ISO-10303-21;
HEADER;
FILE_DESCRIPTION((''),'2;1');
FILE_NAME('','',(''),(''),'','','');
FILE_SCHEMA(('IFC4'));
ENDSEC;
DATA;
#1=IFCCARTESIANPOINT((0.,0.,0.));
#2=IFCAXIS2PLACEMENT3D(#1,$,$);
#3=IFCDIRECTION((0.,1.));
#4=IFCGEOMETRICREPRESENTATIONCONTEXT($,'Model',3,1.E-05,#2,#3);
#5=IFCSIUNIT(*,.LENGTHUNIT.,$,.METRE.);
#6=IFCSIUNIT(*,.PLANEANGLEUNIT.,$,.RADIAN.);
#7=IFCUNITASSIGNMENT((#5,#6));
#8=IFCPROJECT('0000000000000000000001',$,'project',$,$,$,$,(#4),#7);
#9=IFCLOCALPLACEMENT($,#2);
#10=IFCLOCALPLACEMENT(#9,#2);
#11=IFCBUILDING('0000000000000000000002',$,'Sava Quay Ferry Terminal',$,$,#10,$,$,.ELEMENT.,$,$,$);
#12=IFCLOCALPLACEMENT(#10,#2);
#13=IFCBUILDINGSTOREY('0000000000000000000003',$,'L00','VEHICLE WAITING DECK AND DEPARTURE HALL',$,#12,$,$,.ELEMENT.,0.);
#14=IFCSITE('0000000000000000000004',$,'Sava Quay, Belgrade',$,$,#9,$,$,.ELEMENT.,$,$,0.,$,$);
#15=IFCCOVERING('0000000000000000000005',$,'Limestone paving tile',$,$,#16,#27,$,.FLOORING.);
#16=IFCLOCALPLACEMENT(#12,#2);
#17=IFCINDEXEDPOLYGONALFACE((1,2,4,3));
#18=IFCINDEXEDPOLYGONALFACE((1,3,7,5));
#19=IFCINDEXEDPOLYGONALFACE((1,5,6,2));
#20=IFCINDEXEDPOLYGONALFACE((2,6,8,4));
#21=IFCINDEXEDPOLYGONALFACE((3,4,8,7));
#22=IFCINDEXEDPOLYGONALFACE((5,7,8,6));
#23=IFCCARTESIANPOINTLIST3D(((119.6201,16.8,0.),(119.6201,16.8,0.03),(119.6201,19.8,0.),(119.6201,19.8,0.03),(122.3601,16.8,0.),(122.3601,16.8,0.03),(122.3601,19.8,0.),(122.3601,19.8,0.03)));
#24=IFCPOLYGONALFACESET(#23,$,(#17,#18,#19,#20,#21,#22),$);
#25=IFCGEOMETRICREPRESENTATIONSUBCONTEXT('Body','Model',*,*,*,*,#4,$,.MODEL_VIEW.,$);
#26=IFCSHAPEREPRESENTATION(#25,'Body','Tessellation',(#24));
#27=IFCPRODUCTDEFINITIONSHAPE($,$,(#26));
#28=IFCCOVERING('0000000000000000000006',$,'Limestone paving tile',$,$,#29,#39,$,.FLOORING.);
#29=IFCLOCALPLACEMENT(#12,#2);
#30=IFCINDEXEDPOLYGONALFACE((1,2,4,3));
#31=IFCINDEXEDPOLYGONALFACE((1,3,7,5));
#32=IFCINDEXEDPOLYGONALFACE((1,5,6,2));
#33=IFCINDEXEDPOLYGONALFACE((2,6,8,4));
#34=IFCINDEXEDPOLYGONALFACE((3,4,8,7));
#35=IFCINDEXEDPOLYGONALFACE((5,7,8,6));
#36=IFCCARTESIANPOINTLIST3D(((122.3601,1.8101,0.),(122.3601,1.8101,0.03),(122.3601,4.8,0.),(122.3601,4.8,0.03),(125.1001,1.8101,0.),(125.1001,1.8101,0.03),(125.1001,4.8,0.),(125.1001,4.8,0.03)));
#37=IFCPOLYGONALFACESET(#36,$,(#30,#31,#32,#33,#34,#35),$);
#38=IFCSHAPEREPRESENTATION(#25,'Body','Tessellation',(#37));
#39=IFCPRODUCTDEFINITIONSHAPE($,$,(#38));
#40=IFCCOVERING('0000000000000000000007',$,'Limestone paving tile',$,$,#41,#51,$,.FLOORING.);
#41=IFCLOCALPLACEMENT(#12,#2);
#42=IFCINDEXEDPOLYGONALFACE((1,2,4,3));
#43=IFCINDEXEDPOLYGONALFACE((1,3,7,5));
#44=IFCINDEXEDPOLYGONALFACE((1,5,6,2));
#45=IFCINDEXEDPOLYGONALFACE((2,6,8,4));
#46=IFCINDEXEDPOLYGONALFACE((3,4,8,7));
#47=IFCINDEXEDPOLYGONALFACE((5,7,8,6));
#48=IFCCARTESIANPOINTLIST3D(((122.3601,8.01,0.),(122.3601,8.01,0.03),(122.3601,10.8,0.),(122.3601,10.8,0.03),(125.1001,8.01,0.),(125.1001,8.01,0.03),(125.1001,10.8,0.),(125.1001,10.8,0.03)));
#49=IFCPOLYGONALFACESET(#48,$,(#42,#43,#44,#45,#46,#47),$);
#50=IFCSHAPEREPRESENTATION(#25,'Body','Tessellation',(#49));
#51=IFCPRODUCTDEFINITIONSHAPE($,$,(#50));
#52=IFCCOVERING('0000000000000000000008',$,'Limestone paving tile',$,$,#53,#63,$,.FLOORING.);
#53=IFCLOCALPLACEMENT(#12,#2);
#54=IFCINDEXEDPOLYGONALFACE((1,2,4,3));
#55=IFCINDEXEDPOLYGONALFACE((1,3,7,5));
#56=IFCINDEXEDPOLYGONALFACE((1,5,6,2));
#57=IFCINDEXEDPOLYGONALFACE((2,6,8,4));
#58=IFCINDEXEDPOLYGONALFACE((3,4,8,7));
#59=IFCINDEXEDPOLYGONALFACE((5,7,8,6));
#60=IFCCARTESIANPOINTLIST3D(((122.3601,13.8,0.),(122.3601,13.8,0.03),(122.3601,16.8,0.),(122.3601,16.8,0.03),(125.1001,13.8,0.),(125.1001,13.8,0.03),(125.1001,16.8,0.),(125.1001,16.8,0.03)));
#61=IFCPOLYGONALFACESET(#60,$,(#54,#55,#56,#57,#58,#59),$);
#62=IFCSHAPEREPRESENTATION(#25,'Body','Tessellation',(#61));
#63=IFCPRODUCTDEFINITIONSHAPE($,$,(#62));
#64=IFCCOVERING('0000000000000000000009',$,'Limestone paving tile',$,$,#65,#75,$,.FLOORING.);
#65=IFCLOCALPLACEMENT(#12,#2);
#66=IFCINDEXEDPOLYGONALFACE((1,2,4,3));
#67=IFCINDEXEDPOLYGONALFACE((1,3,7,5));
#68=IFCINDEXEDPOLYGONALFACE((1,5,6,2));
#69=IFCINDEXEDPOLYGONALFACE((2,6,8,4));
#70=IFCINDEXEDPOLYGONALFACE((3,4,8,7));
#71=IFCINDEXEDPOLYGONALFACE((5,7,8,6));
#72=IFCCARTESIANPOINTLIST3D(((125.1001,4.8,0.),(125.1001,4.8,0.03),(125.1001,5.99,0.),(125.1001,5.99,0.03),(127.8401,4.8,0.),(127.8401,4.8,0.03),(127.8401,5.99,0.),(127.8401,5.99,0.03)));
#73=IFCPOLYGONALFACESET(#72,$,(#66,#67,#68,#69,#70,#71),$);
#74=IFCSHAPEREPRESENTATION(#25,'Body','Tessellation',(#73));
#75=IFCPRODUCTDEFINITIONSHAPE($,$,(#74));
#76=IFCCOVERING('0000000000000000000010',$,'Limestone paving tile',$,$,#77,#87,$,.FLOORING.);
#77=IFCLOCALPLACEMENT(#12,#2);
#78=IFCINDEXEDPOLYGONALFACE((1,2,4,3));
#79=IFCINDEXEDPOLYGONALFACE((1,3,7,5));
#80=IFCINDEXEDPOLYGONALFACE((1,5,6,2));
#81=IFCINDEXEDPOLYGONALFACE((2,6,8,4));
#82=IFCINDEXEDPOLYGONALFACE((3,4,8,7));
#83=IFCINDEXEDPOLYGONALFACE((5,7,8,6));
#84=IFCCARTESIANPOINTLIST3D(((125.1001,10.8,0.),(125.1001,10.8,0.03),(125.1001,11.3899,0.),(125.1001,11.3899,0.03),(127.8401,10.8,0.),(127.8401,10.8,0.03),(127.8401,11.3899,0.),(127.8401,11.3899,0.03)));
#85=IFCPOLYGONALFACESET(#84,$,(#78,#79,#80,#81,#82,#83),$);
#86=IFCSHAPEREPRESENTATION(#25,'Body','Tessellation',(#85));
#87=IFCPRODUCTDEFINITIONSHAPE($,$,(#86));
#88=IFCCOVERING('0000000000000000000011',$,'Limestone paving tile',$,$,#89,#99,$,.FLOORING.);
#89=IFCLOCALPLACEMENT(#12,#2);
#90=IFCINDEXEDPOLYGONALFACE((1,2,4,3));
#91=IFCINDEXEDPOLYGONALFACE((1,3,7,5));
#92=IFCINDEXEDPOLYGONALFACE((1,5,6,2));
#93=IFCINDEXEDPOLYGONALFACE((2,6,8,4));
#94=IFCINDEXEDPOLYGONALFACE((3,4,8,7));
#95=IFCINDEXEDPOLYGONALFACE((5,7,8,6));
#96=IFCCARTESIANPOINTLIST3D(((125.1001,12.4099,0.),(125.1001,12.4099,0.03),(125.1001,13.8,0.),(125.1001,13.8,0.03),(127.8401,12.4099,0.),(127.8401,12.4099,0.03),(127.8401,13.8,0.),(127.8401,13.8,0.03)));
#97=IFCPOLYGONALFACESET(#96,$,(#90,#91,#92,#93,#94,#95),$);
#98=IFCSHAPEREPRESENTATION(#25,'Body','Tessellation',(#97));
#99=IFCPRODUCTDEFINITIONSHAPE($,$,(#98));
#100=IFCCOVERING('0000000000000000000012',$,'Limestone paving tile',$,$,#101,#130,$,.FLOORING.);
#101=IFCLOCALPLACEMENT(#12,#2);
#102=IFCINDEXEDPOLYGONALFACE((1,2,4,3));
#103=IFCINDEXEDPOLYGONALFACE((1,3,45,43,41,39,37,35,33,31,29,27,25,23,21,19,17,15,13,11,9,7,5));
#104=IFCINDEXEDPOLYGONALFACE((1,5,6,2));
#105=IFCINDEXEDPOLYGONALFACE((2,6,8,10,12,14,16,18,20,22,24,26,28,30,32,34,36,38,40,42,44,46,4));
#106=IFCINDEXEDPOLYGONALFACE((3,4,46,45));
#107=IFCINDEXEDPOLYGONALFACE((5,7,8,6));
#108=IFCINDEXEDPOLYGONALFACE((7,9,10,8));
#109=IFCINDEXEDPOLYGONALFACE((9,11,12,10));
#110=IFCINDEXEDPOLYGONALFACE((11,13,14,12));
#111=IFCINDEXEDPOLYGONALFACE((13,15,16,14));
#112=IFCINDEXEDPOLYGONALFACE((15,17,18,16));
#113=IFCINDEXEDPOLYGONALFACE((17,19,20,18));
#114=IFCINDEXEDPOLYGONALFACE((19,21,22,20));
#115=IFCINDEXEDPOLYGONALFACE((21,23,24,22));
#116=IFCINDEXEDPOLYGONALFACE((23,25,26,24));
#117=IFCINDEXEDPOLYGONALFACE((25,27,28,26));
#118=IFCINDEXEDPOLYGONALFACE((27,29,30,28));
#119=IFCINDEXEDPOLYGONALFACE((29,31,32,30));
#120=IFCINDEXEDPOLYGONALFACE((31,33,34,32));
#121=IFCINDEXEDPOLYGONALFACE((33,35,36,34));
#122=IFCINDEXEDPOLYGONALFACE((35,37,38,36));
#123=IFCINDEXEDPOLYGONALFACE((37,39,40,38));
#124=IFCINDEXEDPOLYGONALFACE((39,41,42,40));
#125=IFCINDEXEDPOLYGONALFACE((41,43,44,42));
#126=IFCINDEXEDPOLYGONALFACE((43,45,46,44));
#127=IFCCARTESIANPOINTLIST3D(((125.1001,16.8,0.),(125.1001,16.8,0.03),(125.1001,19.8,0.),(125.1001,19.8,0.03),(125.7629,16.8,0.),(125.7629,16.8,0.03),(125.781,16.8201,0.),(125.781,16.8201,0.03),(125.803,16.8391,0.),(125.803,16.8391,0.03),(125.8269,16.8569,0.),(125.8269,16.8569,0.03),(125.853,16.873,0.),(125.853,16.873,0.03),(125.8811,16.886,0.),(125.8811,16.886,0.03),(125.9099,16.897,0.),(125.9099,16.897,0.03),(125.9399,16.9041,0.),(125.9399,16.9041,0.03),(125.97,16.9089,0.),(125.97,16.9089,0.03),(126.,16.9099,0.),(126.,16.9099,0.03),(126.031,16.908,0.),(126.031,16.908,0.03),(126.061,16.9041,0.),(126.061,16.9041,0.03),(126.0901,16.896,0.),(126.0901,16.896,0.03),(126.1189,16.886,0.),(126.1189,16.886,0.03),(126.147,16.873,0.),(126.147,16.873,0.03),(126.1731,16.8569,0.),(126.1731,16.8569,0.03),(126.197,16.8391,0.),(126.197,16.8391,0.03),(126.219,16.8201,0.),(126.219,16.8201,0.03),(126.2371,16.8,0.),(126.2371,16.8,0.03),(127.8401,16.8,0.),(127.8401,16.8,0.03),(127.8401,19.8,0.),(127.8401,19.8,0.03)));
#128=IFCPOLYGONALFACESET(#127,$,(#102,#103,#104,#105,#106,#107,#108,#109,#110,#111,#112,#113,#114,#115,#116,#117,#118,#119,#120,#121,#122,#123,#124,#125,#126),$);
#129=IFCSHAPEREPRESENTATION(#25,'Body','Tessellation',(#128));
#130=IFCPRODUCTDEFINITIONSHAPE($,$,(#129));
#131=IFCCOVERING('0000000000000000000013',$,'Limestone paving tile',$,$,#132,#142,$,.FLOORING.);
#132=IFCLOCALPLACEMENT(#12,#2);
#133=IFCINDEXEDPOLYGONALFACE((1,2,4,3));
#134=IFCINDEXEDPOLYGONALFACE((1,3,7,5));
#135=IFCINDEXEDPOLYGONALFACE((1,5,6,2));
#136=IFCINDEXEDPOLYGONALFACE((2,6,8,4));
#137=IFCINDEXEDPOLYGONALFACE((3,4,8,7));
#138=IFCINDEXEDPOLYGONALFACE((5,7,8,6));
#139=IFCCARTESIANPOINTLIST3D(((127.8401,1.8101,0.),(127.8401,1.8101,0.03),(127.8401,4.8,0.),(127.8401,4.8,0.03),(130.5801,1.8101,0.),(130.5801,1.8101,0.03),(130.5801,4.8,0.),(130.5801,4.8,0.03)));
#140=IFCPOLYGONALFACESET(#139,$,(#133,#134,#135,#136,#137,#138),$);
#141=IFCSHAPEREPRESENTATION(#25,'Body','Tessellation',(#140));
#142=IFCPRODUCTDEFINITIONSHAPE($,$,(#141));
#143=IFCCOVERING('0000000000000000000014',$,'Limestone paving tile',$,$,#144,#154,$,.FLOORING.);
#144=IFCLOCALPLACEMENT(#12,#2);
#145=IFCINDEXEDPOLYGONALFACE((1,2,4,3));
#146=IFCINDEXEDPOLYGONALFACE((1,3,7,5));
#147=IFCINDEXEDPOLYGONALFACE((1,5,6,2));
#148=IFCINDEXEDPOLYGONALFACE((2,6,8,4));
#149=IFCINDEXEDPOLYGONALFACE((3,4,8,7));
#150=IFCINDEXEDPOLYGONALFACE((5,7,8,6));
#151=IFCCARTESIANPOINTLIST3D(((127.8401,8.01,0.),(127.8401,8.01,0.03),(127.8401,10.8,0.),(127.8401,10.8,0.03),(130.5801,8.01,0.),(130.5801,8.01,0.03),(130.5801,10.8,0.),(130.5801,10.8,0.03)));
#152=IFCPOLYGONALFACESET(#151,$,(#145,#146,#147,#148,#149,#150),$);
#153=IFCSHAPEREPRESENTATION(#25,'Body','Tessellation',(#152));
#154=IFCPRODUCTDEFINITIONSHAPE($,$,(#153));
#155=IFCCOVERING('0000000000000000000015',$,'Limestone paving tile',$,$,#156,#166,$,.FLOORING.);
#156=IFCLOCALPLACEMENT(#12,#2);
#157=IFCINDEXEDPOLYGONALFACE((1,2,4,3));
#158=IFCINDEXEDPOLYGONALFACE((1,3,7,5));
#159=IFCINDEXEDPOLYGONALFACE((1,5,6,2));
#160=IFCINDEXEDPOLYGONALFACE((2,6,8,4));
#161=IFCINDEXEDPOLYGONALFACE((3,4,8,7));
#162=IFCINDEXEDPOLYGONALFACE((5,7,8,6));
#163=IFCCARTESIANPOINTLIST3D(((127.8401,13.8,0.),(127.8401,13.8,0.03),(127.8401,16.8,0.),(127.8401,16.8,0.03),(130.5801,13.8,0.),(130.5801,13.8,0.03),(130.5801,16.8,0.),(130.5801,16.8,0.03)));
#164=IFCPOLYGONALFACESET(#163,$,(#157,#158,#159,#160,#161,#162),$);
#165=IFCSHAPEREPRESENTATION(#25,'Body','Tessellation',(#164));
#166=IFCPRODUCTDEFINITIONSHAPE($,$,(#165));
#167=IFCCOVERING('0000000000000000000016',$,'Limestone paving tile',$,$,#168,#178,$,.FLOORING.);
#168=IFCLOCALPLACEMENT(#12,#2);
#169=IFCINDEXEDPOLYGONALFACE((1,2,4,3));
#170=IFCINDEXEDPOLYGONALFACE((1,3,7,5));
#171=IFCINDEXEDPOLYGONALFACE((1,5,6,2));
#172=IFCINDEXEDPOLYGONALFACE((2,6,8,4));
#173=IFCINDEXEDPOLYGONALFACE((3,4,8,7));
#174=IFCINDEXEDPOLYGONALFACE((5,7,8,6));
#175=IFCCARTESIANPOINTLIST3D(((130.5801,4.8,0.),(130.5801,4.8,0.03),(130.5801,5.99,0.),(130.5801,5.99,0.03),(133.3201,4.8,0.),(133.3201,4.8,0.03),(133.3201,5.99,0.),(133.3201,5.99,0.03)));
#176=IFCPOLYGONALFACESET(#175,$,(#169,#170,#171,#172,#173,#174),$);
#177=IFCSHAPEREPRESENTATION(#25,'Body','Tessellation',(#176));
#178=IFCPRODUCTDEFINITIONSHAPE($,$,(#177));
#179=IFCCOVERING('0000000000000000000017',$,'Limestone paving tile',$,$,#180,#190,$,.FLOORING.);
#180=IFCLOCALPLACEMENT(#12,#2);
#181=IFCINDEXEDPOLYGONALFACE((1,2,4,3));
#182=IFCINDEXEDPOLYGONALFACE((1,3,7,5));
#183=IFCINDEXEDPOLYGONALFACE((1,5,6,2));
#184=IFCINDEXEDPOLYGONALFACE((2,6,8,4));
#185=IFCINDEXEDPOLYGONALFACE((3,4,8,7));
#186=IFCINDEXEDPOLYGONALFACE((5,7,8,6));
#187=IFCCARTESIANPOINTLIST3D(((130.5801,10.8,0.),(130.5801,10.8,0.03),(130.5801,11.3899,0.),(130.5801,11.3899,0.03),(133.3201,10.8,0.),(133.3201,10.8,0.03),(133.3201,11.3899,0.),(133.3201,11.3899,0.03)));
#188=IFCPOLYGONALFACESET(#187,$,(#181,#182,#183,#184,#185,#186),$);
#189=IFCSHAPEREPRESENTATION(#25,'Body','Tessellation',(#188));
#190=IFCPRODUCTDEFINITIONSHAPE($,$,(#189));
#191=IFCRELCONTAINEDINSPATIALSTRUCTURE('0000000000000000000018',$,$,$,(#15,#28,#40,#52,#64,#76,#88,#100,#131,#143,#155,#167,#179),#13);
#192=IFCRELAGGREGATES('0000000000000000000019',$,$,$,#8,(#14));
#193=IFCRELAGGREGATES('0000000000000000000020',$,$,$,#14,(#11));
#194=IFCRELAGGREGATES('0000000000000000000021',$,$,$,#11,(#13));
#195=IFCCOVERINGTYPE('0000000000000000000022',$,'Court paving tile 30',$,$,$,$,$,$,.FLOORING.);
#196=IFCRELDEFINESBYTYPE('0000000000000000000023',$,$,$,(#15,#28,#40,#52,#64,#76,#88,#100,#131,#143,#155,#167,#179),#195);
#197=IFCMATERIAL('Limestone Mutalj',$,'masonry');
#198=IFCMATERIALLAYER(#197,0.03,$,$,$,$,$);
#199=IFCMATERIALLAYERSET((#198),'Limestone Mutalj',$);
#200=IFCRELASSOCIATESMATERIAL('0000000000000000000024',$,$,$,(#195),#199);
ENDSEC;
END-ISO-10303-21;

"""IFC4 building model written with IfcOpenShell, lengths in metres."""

from ifc_helpers import new_model, si_unit, direction, origin, place, context, subcontext, project, spatial, polyline, outline, extrude, material, layer, layer_set, type_object, element, save


model = new_model("IFC4")

# Units and contexts
model_context = context("Model", 3, precision=1e-05, world=origin(), true_north=direction((0.0, 1.0)))
body_context = subcontext(model_context, "Body", "Model", "MODEL_VIEW")
ifc_project = project(units=[si_unit("LENGTHUNIT", "METRE"), si_unit("PLANEANGLEUNIT", "RADIAN")], contexts=[model_context])

# Site, building, storey
site_placement = place(None, origin())
site = spatial("IfcSite", under=ifc_project, at=site_placement, Name="Sava Quay, Belgrade", CompositionType="ELEMENT", RefElevation=0.0)
building_placement = place(site_placement, origin())
building = spatial("IfcBuilding", under=site, at=building_placement, Name="Sava Quay Ferry Terminal", CompositionType="ELEMENT")
storey_placement = place(building_placement, origin())
storey = spatial("IfcBuildingStorey", under=building, at=storey_placement, Name="L00", Description="VEHICLE WAITING DECK AND DEPARTURE HALL", CompositionType="ELEMENT", Elevation=0.0)

# Coverings
ifc_material_1 = material(Name="Limestone Mutalj", Category="masonry")
ifc_layer_1 = layer(ifc_material_1, 0.03)
ifc_layer_set_1 = layer_set([ifc_layer_1], Name="Limestone Mutalj")
covering_type_1 = type_object("IfcCoveringType", Name="Court paving tile 30", PredefinedType="FLOORING", material=ifc_layer_set_1)
covering_1_placement = place(storey_placement, origin())
element("IfcCovering", 1, at=covering_1_placement, inside=storey, type_object=covering_type_1, Name="Limestone paving tile", PredefinedType="FLOORING", context=body_context, shape_type="SweptSolid", body=[
    extrude(outline(polyline([(122.3601, 16.8), (122.3601, 19.8), (119.6201, 19.8), (119.6201, 16.8), (122.3601, 16.8)])), origin(), (0.0, 0.0, 1.0), 0.03),
])
covering_2_placement = place(storey_placement, origin())
element("IfcCovering", 2, at=covering_2_placement, inside=storey, type_object=covering_type_1, Name="Limestone paving tile", PredefinedType="FLOORING", context=body_context, shape_type="SweptSolid", body=[
    extrude(outline(polyline([(122.3601, 4.8), (122.3601, 1.8101), (125.1001, 1.8101), (125.1001, 4.8), (122.3601, 4.8)])), origin(), (0.0, 0.0, 1.0), 0.03),
])
covering_3_placement = place(storey_placement, origin())
element("IfcCovering", 3, at=covering_3_placement, inside=storey, type_object=covering_type_1, Name="Limestone paving tile", PredefinedType="FLOORING", context=body_context, shape_type="SweptSolid", body=[
    extrude(outline(polyline([(122.3601, 10.8), (122.3601, 8.01), (125.1001, 8.01), (125.1001, 10.8), (122.3601, 10.8)])), origin(), (0.0, 0.0, 1.0), 0.03),
])
covering_4_placement = place(storey_placement, origin())
element("IfcCovering", 4, at=covering_4_placement, inside=storey, type_object=covering_type_1, Name="Limestone paving tile", PredefinedType="FLOORING", context=body_context, shape_type="SweptSolid", body=[
    extrude(outline(polyline([(122.3601, 13.8), (125.1001, 13.8), (125.1001, 16.8), (122.3601, 16.8), (122.3601, 13.8)])), origin(), (0.0, 0.0, 1.0), 0.03),
])
covering_5_placement = place(storey_placement, origin())
element("IfcCovering", 5, at=covering_5_placement, inside=storey, type_object=covering_type_1, Name="Limestone paving tile", PredefinedType="FLOORING", context=body_context, shape_type="SweptSolid", body=[
    extrude(outline(polyline([(127.8401, 4.8), (127.8401, 5.99), (125.1001, 5.99), (125.1001, 4.8), (127.8401, 4.8)])), origin(), (0.0, 0.0, 1.0), 0.03),
])
covering_6_placement = place(storey_placement, origin())
element("IfcCovering", 6, at=covering_6_placement, inside=storey, type_object=covering_type_1, Name="Limestone paving tile", PredefinedType="FLOORING", context=body_context, shape_type="SweptSolid", body=[
    extrude(outline(polyline([(127.8401, 10.8), (127.8401, 11.3899), (125.1001, 11.3899), (125.1001, 10.8), (127.8401, 10.8)])), origin(), (0.0, 0.0, 1.0), 0.03),
])
covering_7_placement = place(storey_placement, origin())
element("IfcCovering", 7, at=covering_7_placement, inside=storey, type_object=covering_type_1, Name="Limestone paving tile", PredefinedType="FLOORING", context=body_context, shape_type="SweptSolid", body=[
    extrude(outline(polyline([(125.1001, 13.8), (125.1001, 12.4099), (127.8401, 12.4099), (127.8401, 13.8), (125.1001, 13.8)])), origin(), (0.0, 0.0, 1.0), 0.03),
])
covering_8_placement = place(storey_placement, origin())
element("IfcCovering", 8, at=covering_8_placement, inside=storey, type_object=covering_type_1, Name="Limestone paving tile", PredefinedType="FLOORING", context=body_context, shape_type="SweptSolid", body=[
    extrude(outline(polyline([(127.8401, 16.8), (127.8401, 19.8), (125.1001, 19.8), (125.1001, 16.8), (125.7629, 16.8), (125.781, 16.8201), (125.803, 16.8391), (125.8269, 16.8569), (125.853, 16.873), (125.8811, 16.886), (125.9099, 16.897), (125.9399, 16.9041), (125.97, 16.9089), (126.0, 16.9099), (126.031, 16.908), (126.061, 16.9041), (126.0901, 16.896), (126.1189, 16.886), (126.147, 16.873), (126.1731, 16.8569), (126.197, 16.8391), (126.219, 16.8201), (126.2371, 16.8), (127.8401, 16.8)])), origin(), (0.0, 0.0, 1.0), 0.03),
])
covering_9_placement = place(storey_placement, origin())
element("IfcCovering", 9, at=covering_9_placement, inside=storey, type_object=covering_type_1, Name="Limestone paving tile", PredefinedType="FLOORING", context=body_context, shape_type="SweptSolid", body=[
    extrude(outline(polyline([(127.8401, 4.8), (127.8401, 1.8101), (130.5801, 1.8101), (130.5801, 4.8), (127.8401, 4.8)])), origin(), (0.0, 0.0, 1.0), 0.03),
])
covering_10_placement = place(storey_placement, origin())
element("IfcCovering", 10, at=covering_10_placement, inside=storey, type_object=covering_type_1, Name="Limestone paving tile", PredefinedType="FLOORING", context=body_context, shape_type="SweptSolid", body=[
    extrude(outline(polyline([(127.8401, 10.8), (127.8401, 8.01), (130.5801, 8.01), (130.5801, 10.8), (127.8401, 10.8)])), origin(), (0.0, 0.0, 1.0), 0.03),
])
covering_11_placement = place(storey_placement, origin())
element("IfcCovering", 11, at=covering_11_placement, inside=storey, type_object=covering_type_1, Name="Limestone paving tile", PredefinedType="FLOORING", context=body_context, shape_type="SweptSolid", body=[
    extrude(outline(polyline([(127.8401, 13.8), (130.5801, 13.8), (130.5801, 16.8), (127.8401, 16.8), (127.8401, 13.8)])), origin(), (0.0, 0.0, 1.0), 0.03),
])
covering_12_placement = place(storey_placement, origin())
element("IfcCovering", 12, at=covering_12_placement, inside=storey, type_object=covering_type_1, Name="Limestone paving tile", PredefinedType="FLOORING", context=body_context, shape_type="SweptSolid", body=[
    extrude(outline(polyline([(133.3201, 4.8), (133.3201, 5.99), (130.5801, 5.99), (130.5801, 4.8), (133.3201, 4.8)])), origin(), (0.0, 0.0, 1.0), 0.03),
])
covering_13_placement = place(storey_placement, origin())
element("IfcCovering", 13, at=covering_13_placement, inside=storey, type_object=covering_type_1, Name="Limestone paving tile", PredefinedType="FLOORING", context=body_context, shape_type="SweptSolid", body=[
    extrude(outline(polyline([(133.3201, 10.8), (133.3201, 11.3899), (130.5801, 11.3899), (130.5801, 10.8), (133.3201, 10.8)])), origin(), (0.0, 0.0, 1.0), 0.03),
])

save(model, "model.ifc")
